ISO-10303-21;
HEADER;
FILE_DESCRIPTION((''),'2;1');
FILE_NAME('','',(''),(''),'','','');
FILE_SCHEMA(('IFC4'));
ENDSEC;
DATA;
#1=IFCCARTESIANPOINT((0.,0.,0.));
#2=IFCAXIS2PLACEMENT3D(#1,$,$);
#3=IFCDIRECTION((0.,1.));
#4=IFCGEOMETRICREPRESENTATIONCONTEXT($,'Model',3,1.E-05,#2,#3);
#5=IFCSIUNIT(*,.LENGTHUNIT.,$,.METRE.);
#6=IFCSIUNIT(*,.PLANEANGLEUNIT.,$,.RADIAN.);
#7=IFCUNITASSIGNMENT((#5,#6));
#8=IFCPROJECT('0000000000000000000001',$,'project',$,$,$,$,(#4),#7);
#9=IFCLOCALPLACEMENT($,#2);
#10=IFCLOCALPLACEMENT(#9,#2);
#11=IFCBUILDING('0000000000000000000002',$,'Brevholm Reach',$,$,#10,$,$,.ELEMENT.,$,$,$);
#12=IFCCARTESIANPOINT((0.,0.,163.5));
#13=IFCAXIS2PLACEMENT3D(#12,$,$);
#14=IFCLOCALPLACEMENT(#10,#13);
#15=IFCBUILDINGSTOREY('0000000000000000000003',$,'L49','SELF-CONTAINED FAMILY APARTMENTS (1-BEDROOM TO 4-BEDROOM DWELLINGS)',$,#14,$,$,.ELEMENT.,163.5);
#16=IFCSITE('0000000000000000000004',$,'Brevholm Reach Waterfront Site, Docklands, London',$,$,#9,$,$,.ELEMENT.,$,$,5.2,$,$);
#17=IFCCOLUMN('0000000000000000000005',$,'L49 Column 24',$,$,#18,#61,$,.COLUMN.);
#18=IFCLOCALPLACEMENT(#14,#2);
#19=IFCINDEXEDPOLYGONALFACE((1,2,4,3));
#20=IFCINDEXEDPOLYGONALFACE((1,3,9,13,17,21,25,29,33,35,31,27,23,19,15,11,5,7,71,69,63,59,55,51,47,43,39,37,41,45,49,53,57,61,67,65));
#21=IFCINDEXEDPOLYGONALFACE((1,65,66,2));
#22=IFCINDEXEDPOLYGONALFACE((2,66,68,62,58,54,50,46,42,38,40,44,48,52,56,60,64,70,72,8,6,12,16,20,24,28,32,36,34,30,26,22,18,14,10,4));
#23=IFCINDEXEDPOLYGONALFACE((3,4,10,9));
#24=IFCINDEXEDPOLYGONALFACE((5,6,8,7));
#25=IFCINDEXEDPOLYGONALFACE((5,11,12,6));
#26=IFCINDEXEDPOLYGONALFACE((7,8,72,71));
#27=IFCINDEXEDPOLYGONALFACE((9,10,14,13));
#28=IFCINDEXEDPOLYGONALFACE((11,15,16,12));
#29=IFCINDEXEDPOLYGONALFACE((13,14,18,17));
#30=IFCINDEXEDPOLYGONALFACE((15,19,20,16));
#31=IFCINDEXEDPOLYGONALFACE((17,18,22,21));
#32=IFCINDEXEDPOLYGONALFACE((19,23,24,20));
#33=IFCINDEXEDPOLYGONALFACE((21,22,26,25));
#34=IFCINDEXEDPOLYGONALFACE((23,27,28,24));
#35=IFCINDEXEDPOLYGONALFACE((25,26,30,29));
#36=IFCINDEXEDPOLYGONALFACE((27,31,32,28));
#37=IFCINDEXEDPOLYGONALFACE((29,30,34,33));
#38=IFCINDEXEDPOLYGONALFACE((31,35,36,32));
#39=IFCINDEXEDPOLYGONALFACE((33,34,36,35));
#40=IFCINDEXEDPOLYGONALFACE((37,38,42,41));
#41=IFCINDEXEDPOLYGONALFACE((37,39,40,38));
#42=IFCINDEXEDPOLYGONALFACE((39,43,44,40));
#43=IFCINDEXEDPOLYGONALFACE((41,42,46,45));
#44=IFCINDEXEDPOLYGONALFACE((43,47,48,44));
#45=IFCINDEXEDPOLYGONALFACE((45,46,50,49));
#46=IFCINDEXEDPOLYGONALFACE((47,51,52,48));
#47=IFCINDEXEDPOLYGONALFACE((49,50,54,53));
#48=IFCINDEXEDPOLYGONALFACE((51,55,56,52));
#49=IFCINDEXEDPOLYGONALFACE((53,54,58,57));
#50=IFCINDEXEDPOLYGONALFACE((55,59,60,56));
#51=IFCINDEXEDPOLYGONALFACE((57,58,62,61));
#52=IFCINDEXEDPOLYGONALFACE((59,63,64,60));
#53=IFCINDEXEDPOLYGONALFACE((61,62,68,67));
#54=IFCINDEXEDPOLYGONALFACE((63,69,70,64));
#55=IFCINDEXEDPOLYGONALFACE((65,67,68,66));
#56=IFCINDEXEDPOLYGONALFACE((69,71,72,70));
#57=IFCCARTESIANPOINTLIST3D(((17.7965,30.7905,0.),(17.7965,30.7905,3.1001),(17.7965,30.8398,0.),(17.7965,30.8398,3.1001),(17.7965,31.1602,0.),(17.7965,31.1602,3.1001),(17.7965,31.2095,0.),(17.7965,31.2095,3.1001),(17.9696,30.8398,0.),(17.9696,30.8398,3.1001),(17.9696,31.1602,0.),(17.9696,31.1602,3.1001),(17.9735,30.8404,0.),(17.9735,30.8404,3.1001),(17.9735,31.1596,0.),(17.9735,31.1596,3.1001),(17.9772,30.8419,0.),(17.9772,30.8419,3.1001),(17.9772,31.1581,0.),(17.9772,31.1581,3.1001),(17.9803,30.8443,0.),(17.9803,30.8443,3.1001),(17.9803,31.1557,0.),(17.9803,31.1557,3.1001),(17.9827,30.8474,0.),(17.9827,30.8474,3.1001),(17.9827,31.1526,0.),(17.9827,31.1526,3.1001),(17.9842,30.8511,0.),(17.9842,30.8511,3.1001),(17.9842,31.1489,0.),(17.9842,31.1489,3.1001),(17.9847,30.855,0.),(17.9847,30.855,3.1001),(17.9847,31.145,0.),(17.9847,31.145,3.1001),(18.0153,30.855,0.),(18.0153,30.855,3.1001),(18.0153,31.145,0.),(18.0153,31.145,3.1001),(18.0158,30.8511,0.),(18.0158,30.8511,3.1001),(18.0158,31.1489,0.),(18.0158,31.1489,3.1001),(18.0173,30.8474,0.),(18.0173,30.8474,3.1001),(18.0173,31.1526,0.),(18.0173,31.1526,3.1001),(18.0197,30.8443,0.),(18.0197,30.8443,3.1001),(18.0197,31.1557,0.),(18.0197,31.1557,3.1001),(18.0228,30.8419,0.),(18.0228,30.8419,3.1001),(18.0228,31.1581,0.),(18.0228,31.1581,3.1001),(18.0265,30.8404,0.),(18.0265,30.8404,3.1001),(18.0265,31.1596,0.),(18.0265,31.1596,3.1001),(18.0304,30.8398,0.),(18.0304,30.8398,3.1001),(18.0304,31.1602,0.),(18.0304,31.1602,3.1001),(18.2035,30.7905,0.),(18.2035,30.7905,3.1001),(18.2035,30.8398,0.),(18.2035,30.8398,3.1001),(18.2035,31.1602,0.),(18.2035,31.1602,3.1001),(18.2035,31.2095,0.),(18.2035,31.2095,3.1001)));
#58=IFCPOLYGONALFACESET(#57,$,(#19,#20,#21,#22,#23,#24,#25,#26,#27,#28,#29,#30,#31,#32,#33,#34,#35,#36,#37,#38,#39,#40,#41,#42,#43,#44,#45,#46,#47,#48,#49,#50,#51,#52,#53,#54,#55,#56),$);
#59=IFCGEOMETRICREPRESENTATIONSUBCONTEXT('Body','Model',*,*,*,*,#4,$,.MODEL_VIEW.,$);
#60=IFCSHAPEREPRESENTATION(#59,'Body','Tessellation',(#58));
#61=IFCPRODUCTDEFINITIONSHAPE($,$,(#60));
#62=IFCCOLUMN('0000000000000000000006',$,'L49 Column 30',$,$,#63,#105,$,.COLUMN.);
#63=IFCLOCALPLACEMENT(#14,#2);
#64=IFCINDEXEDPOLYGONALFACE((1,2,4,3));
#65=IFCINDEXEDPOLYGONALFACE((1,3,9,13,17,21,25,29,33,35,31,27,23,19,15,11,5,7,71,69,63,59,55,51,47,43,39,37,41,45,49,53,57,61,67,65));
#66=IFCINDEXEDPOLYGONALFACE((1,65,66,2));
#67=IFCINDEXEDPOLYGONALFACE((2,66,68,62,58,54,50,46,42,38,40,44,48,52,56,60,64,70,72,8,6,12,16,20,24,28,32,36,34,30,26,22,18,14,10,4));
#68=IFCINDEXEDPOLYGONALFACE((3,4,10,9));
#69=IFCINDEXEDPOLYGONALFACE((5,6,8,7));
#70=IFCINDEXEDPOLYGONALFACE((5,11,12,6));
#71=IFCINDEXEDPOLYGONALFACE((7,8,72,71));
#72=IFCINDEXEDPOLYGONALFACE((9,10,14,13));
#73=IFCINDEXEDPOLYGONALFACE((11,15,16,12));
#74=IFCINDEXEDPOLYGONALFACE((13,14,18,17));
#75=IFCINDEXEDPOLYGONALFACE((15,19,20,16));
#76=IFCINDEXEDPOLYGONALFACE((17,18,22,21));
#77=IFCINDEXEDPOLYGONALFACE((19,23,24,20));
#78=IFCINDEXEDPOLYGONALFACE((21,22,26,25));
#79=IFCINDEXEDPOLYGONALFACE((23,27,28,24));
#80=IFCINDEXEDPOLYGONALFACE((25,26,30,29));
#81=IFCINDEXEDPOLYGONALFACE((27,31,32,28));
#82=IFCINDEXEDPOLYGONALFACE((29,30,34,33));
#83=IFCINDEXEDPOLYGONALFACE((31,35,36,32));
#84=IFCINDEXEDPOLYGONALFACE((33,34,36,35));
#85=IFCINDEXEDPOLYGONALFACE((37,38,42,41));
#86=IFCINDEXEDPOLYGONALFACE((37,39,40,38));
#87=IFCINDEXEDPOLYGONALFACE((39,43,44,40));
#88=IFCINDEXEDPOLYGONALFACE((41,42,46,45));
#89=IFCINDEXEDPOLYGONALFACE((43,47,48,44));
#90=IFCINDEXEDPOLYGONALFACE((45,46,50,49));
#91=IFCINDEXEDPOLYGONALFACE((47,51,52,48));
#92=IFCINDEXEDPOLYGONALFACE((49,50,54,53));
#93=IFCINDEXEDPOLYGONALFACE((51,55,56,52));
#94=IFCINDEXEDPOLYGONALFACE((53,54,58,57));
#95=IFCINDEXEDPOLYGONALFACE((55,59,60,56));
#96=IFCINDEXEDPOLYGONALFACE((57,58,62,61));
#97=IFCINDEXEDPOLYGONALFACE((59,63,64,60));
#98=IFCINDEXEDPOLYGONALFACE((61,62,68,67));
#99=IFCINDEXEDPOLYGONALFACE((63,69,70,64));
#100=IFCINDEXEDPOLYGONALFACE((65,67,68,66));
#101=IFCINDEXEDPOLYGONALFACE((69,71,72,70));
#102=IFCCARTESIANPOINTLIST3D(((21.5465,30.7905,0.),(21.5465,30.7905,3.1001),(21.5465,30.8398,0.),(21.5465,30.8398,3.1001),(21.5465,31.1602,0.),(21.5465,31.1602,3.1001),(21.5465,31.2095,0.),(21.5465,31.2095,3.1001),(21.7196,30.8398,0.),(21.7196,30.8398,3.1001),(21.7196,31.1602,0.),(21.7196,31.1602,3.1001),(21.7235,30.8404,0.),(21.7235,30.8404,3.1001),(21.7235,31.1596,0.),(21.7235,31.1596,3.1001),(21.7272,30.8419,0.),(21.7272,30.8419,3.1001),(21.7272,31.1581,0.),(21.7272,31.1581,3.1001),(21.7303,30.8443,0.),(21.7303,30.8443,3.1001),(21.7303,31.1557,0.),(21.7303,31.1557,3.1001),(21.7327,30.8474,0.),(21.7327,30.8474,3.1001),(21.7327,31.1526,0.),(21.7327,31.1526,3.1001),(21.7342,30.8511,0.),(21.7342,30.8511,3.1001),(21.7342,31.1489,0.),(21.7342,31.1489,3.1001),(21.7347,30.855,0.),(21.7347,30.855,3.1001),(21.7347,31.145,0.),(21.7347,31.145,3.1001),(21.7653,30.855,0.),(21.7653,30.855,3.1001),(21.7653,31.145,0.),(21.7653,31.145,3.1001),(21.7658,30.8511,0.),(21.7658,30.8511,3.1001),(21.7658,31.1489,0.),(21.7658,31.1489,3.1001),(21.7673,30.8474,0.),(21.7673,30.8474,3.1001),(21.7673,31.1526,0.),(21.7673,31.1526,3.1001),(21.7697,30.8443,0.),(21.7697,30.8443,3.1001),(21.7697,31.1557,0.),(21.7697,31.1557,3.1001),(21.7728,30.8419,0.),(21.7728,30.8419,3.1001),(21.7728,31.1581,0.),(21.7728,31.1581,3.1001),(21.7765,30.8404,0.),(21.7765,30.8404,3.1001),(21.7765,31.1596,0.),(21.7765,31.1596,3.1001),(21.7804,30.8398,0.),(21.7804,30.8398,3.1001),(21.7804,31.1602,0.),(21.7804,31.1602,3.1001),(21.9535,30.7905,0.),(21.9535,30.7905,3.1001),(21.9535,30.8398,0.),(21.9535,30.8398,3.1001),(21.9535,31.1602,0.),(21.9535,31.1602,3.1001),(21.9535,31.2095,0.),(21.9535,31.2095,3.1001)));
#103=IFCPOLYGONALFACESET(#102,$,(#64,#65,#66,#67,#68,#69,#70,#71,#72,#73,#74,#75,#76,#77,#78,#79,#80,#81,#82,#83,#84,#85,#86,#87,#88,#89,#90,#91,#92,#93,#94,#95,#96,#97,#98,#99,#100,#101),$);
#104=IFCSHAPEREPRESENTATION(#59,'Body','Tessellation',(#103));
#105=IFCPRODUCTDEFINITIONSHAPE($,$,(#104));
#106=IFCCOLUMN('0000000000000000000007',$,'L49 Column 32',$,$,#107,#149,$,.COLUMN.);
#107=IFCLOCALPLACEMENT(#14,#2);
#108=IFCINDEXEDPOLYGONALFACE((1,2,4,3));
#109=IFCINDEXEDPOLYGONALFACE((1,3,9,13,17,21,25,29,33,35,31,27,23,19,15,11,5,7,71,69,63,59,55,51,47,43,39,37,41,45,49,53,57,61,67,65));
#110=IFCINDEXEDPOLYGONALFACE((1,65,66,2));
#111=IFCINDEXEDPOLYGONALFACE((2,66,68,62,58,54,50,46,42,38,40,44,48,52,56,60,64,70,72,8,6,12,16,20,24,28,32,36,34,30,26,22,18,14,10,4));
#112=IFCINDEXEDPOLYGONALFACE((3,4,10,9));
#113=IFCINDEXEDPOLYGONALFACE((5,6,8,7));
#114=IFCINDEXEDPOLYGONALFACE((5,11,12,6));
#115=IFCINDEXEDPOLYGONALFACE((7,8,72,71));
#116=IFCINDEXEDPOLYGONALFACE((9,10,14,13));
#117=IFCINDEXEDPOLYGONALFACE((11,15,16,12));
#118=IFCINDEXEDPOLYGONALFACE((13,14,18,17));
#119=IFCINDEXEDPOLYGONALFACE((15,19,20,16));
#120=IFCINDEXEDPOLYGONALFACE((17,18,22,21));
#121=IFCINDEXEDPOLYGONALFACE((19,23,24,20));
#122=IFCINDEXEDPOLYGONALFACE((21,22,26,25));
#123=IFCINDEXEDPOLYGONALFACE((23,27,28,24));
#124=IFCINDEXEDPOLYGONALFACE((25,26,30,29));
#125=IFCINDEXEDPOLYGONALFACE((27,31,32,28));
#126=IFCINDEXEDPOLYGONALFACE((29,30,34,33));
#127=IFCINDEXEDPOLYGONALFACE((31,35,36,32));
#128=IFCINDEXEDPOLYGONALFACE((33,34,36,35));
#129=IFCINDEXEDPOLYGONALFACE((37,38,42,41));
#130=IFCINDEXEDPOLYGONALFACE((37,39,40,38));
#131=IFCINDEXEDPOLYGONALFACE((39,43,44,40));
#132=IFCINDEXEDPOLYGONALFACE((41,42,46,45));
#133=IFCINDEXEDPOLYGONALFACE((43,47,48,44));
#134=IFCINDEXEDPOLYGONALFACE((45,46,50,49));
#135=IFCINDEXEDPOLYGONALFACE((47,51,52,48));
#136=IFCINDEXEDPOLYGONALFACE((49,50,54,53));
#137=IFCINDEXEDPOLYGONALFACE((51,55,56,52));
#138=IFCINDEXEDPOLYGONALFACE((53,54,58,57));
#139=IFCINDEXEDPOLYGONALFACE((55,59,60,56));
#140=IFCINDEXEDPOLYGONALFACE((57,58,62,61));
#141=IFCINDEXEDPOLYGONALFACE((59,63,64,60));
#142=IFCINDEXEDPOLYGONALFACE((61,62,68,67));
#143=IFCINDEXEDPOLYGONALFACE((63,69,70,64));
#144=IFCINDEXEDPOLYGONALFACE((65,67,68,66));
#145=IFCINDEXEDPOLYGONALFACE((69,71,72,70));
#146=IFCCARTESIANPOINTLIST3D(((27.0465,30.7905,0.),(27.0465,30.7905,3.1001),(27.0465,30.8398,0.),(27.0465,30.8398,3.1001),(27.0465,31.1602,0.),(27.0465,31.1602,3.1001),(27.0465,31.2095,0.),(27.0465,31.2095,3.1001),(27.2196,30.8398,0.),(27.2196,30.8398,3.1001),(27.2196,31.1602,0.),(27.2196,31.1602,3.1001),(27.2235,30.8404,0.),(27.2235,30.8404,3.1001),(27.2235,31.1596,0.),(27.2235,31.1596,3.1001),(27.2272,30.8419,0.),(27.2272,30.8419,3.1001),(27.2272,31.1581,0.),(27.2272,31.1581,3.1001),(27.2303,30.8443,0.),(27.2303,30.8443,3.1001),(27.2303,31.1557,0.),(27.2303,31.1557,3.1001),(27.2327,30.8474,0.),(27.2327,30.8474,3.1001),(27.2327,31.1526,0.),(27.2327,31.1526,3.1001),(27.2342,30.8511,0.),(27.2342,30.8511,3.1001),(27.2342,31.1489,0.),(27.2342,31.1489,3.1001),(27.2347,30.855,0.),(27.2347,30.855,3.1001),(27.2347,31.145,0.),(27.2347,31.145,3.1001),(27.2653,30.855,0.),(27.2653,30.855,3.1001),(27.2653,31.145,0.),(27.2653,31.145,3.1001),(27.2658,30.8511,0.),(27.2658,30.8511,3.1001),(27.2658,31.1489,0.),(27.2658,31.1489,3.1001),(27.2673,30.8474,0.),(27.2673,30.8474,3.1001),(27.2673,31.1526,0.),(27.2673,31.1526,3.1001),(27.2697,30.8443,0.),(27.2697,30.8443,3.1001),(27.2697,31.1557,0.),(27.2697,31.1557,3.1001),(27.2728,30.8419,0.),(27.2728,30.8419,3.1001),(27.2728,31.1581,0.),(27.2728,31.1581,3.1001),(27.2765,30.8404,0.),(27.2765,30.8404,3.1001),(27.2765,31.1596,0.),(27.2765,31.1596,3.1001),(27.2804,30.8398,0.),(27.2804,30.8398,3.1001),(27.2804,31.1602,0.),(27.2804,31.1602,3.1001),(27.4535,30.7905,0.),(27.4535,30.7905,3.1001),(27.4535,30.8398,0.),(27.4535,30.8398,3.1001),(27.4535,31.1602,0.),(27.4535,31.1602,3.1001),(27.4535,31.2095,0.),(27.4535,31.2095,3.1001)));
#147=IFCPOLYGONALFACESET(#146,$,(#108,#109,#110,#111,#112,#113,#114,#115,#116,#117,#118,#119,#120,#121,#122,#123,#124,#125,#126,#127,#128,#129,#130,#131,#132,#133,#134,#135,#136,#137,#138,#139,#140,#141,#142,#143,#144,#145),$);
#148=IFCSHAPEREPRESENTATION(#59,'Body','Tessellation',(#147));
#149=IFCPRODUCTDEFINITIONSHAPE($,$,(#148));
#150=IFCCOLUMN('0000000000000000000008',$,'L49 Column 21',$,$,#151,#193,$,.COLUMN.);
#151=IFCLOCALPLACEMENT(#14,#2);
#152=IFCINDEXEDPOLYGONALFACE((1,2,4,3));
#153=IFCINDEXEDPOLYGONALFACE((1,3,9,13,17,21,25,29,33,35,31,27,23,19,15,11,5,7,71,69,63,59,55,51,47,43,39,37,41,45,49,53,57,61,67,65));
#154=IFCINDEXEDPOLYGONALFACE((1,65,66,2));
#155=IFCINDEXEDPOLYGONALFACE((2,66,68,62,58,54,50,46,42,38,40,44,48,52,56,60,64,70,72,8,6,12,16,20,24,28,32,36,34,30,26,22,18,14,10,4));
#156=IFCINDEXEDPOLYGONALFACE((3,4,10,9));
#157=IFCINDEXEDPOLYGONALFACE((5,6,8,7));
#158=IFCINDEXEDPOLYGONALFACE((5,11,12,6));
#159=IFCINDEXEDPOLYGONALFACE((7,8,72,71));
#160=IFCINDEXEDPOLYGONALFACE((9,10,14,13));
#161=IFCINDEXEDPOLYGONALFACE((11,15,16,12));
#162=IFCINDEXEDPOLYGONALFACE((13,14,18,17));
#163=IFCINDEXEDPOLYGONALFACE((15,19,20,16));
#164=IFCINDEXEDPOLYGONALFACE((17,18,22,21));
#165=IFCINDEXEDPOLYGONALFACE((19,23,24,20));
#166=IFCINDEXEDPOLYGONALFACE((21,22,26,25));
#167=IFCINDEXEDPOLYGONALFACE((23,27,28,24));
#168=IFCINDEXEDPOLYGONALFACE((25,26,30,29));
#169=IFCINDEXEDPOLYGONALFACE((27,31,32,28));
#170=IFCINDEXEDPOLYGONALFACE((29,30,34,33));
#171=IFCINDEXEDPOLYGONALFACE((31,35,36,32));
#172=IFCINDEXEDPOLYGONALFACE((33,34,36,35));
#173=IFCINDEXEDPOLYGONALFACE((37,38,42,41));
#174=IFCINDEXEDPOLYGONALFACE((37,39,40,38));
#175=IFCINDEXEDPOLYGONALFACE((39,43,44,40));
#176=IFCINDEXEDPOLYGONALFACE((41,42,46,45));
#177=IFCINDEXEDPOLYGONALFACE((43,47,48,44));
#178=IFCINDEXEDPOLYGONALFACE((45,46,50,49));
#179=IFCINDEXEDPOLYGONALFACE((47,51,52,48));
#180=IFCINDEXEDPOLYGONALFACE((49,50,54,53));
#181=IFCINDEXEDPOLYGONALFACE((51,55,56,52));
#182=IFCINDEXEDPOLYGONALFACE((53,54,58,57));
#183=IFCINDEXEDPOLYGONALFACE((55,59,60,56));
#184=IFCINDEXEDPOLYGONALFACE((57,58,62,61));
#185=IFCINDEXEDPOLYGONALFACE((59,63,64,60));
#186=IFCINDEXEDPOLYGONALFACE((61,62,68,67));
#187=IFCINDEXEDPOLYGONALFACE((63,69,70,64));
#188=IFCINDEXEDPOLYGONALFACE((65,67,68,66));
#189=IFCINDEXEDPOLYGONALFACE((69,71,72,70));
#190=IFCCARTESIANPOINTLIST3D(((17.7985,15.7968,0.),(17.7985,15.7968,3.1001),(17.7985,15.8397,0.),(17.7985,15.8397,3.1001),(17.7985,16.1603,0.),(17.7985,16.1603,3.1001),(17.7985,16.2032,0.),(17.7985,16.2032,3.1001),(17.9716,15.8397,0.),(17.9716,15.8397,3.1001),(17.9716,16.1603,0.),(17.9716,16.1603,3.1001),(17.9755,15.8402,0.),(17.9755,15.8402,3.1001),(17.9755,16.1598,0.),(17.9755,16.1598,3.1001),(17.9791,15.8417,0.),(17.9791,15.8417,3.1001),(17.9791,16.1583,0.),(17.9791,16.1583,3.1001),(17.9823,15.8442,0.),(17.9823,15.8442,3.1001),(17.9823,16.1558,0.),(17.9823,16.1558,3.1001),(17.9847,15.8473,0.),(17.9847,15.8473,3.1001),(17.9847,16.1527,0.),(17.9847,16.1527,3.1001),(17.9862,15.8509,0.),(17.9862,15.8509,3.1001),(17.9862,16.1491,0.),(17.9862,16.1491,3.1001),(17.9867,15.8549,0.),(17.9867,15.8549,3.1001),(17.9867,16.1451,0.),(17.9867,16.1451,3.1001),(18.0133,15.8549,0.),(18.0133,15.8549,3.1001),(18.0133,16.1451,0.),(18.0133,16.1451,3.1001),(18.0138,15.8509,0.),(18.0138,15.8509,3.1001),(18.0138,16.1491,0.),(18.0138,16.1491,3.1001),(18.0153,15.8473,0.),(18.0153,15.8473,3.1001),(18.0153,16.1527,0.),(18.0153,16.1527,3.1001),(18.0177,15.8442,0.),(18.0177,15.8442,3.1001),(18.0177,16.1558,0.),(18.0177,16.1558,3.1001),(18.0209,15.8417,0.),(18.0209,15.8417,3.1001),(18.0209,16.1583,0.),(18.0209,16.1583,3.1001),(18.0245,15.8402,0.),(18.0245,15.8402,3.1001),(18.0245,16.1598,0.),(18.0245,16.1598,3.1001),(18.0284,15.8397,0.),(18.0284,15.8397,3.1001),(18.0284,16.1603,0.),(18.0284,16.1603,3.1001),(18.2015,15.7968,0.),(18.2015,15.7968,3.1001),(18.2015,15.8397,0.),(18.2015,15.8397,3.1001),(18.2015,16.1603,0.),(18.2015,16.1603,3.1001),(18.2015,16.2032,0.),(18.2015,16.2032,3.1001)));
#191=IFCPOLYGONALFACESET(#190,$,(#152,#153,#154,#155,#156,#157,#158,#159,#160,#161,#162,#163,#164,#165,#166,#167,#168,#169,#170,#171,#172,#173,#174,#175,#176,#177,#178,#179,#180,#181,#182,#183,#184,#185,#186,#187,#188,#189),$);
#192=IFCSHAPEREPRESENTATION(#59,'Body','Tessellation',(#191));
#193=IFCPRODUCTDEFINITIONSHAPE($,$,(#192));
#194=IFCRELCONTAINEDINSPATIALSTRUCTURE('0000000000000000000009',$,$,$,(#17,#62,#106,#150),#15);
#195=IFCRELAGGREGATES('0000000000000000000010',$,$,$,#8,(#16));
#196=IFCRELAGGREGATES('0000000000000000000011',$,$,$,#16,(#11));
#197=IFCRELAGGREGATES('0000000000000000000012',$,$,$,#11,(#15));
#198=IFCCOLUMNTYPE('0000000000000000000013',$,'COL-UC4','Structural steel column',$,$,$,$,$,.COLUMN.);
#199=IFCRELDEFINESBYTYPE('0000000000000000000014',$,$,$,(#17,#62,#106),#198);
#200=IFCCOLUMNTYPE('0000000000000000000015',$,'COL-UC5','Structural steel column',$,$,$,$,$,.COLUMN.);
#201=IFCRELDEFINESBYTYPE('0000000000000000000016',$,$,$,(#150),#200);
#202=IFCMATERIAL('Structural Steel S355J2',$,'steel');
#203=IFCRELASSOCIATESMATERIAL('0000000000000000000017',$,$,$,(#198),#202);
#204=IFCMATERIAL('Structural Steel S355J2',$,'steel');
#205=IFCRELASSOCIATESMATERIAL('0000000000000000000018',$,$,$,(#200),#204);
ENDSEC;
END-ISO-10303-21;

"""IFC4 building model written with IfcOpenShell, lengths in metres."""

from ifc_helpers import new_model, si_unit, direction, frame, origin, origin_2d, place, context, subcontext, project, spatial, i_section, extrude, material, material_profile, profile_set, type_object, element, save


model = new_model("IFC4")

# Units and contexts
model_context = context("Model", 3, precision=1e-05, world=origin(), true_north=direction((0.0, 1.0)))
body_context = subcontext(model_context, "Body", "Model", "MODEL_VIEW")
ifc_project = project(units=[si_unit("LENGTHUNIT", "METRE"), si_unit("PLANEANGLEUNIT", "RADIAN")], contexts=[model_context])

# Site, building, storey
site_placement = place(None, origin())
site = spatial("IfcSite", under=ifc_project, at=site_placement, Name="Brevholm Reach Waterfront Site, Docklands, London", CompositionType="ELEMENT", RefElevation=5.2)
building_placement = place(site_placement, origin())
building = spatial("IfcBuilding", under=site, at=building_placement, Name="Brevholm Reach", CompositionType="ELEMENT")
storey_placement = place(building_placement, frame((0.0, 0.0, 163.5)))
storey = spatial("IfcBuildingStorey", under=building, at=storey_placement, Name="L49", Description="SELF-CONTAINED FAMILY APARTMENTS (1-BEDROOM TO 4-BEDROOM DWELLINGS)", CompositionType="ELEMENT", Elevation=163.5)

# Columns
ifc_material_1 = material(Name="Structural Steel S355J2", Category="steel")
ifc_material_profile_1 = material_profile(ifc_material_1, i_section(OverallWidth=0.407, OverallDepth=0.4189, WebThickness=0.0305, FlangeThickness=0.0493, FilletRadius=0.0151, at=origin_2d()), Name="UKC 356x406x393")
ifc_profile_set_1 = profile_set([ifc_material_profile_1], Name="Structural Steel S355J2")
column_type_1 = type_object("IfcColumnType", Name="COL-UC4", Description="Structural steel column", PredefinedType="COLUMN", material=ifc_profile_set_1)
for number, where, z_axis, x_axis, name in (
    (1, (18.0, 31.0, 0.0), (0.0, 0.0, 1.0), (1.0, 0.0, 0.0), "L49 Column 24"),
    (2, (21.75, 31.0, 0.0), (0.0, 0.0, 1.0), (1.0, 0.0, 0.0), "L49 Column 30"),
    (3, (27.25, 31.0, 0.0), (0.0, 0.0, 1.0), (1.0, 0.0, 0.0), "L49 Column 32"),
):
    element("IfcColumn", number, at=place(storey_placement, frame(where, z_axis=z_axis, x_axis=x_axis)), inside=storey, type_object=column_type_1, Name=name, PredefinedType="COLUMN", context=body_context, shape_type="SweptSolid", body=[
        extrude(i_section(OverallWidth=0.407, OverallDepth=0.4189, WebThickness=0.0305, FlangeThickness=0.0493, FilletRadius=0.0151, at=origin_2d()), origin(), (0.0, 0.0, 1.0), 3.1001),
    ])
ifc_material_2 = material(Name="Structural Steel S355J2", Category="steel")
ifc_material_profile_2 = material_profile(ifc_material_2, i_section(OverallWidth=0.4031, OverallDepth=0.4065, WebThickness=0.0266, FlangeThickness=0.043, FilletRadius=0.0151, at=origin_2d()), Name="UKC 356x406x340")
ifc_profile_set_2 = profile_set([ifc_material_profile_2], Name="Structural Steel S355J2")
column_type_2 = type_object("IfcColumnType", Name="COL-UC5", Description="Structural steel column", PredefinedType="COLUMN", material=ifc_profile_set_2)
for number, where, z_axis, x_axis, name in (
    (4, (18.0, 16.0, 0.0), (0.0, 0.0, 1.0), (1.0, 0.0, 0.0), "L49 Column 21"),
):
    element("IfcColumn", number, at=place(storey_placement, frame(where, z_axis=z_axis, x_axis=x_axis)), inside=storey, type_object=column_type_2, Name=name, PredefinedType="COLUMN", context=body_context, shape_type="SweptSolid", body=[
        extrude(i_section(OverallWidth=0.4031, OverallDepth=0.4065, WebThickness=0.0266, FlangeThickness=0.043, FilletRadius=0.0151, at=origin_2d()), origin(), (0.0, 0.0, 1.0), 3.1001),
    ])

save(model, "model.ifc")
